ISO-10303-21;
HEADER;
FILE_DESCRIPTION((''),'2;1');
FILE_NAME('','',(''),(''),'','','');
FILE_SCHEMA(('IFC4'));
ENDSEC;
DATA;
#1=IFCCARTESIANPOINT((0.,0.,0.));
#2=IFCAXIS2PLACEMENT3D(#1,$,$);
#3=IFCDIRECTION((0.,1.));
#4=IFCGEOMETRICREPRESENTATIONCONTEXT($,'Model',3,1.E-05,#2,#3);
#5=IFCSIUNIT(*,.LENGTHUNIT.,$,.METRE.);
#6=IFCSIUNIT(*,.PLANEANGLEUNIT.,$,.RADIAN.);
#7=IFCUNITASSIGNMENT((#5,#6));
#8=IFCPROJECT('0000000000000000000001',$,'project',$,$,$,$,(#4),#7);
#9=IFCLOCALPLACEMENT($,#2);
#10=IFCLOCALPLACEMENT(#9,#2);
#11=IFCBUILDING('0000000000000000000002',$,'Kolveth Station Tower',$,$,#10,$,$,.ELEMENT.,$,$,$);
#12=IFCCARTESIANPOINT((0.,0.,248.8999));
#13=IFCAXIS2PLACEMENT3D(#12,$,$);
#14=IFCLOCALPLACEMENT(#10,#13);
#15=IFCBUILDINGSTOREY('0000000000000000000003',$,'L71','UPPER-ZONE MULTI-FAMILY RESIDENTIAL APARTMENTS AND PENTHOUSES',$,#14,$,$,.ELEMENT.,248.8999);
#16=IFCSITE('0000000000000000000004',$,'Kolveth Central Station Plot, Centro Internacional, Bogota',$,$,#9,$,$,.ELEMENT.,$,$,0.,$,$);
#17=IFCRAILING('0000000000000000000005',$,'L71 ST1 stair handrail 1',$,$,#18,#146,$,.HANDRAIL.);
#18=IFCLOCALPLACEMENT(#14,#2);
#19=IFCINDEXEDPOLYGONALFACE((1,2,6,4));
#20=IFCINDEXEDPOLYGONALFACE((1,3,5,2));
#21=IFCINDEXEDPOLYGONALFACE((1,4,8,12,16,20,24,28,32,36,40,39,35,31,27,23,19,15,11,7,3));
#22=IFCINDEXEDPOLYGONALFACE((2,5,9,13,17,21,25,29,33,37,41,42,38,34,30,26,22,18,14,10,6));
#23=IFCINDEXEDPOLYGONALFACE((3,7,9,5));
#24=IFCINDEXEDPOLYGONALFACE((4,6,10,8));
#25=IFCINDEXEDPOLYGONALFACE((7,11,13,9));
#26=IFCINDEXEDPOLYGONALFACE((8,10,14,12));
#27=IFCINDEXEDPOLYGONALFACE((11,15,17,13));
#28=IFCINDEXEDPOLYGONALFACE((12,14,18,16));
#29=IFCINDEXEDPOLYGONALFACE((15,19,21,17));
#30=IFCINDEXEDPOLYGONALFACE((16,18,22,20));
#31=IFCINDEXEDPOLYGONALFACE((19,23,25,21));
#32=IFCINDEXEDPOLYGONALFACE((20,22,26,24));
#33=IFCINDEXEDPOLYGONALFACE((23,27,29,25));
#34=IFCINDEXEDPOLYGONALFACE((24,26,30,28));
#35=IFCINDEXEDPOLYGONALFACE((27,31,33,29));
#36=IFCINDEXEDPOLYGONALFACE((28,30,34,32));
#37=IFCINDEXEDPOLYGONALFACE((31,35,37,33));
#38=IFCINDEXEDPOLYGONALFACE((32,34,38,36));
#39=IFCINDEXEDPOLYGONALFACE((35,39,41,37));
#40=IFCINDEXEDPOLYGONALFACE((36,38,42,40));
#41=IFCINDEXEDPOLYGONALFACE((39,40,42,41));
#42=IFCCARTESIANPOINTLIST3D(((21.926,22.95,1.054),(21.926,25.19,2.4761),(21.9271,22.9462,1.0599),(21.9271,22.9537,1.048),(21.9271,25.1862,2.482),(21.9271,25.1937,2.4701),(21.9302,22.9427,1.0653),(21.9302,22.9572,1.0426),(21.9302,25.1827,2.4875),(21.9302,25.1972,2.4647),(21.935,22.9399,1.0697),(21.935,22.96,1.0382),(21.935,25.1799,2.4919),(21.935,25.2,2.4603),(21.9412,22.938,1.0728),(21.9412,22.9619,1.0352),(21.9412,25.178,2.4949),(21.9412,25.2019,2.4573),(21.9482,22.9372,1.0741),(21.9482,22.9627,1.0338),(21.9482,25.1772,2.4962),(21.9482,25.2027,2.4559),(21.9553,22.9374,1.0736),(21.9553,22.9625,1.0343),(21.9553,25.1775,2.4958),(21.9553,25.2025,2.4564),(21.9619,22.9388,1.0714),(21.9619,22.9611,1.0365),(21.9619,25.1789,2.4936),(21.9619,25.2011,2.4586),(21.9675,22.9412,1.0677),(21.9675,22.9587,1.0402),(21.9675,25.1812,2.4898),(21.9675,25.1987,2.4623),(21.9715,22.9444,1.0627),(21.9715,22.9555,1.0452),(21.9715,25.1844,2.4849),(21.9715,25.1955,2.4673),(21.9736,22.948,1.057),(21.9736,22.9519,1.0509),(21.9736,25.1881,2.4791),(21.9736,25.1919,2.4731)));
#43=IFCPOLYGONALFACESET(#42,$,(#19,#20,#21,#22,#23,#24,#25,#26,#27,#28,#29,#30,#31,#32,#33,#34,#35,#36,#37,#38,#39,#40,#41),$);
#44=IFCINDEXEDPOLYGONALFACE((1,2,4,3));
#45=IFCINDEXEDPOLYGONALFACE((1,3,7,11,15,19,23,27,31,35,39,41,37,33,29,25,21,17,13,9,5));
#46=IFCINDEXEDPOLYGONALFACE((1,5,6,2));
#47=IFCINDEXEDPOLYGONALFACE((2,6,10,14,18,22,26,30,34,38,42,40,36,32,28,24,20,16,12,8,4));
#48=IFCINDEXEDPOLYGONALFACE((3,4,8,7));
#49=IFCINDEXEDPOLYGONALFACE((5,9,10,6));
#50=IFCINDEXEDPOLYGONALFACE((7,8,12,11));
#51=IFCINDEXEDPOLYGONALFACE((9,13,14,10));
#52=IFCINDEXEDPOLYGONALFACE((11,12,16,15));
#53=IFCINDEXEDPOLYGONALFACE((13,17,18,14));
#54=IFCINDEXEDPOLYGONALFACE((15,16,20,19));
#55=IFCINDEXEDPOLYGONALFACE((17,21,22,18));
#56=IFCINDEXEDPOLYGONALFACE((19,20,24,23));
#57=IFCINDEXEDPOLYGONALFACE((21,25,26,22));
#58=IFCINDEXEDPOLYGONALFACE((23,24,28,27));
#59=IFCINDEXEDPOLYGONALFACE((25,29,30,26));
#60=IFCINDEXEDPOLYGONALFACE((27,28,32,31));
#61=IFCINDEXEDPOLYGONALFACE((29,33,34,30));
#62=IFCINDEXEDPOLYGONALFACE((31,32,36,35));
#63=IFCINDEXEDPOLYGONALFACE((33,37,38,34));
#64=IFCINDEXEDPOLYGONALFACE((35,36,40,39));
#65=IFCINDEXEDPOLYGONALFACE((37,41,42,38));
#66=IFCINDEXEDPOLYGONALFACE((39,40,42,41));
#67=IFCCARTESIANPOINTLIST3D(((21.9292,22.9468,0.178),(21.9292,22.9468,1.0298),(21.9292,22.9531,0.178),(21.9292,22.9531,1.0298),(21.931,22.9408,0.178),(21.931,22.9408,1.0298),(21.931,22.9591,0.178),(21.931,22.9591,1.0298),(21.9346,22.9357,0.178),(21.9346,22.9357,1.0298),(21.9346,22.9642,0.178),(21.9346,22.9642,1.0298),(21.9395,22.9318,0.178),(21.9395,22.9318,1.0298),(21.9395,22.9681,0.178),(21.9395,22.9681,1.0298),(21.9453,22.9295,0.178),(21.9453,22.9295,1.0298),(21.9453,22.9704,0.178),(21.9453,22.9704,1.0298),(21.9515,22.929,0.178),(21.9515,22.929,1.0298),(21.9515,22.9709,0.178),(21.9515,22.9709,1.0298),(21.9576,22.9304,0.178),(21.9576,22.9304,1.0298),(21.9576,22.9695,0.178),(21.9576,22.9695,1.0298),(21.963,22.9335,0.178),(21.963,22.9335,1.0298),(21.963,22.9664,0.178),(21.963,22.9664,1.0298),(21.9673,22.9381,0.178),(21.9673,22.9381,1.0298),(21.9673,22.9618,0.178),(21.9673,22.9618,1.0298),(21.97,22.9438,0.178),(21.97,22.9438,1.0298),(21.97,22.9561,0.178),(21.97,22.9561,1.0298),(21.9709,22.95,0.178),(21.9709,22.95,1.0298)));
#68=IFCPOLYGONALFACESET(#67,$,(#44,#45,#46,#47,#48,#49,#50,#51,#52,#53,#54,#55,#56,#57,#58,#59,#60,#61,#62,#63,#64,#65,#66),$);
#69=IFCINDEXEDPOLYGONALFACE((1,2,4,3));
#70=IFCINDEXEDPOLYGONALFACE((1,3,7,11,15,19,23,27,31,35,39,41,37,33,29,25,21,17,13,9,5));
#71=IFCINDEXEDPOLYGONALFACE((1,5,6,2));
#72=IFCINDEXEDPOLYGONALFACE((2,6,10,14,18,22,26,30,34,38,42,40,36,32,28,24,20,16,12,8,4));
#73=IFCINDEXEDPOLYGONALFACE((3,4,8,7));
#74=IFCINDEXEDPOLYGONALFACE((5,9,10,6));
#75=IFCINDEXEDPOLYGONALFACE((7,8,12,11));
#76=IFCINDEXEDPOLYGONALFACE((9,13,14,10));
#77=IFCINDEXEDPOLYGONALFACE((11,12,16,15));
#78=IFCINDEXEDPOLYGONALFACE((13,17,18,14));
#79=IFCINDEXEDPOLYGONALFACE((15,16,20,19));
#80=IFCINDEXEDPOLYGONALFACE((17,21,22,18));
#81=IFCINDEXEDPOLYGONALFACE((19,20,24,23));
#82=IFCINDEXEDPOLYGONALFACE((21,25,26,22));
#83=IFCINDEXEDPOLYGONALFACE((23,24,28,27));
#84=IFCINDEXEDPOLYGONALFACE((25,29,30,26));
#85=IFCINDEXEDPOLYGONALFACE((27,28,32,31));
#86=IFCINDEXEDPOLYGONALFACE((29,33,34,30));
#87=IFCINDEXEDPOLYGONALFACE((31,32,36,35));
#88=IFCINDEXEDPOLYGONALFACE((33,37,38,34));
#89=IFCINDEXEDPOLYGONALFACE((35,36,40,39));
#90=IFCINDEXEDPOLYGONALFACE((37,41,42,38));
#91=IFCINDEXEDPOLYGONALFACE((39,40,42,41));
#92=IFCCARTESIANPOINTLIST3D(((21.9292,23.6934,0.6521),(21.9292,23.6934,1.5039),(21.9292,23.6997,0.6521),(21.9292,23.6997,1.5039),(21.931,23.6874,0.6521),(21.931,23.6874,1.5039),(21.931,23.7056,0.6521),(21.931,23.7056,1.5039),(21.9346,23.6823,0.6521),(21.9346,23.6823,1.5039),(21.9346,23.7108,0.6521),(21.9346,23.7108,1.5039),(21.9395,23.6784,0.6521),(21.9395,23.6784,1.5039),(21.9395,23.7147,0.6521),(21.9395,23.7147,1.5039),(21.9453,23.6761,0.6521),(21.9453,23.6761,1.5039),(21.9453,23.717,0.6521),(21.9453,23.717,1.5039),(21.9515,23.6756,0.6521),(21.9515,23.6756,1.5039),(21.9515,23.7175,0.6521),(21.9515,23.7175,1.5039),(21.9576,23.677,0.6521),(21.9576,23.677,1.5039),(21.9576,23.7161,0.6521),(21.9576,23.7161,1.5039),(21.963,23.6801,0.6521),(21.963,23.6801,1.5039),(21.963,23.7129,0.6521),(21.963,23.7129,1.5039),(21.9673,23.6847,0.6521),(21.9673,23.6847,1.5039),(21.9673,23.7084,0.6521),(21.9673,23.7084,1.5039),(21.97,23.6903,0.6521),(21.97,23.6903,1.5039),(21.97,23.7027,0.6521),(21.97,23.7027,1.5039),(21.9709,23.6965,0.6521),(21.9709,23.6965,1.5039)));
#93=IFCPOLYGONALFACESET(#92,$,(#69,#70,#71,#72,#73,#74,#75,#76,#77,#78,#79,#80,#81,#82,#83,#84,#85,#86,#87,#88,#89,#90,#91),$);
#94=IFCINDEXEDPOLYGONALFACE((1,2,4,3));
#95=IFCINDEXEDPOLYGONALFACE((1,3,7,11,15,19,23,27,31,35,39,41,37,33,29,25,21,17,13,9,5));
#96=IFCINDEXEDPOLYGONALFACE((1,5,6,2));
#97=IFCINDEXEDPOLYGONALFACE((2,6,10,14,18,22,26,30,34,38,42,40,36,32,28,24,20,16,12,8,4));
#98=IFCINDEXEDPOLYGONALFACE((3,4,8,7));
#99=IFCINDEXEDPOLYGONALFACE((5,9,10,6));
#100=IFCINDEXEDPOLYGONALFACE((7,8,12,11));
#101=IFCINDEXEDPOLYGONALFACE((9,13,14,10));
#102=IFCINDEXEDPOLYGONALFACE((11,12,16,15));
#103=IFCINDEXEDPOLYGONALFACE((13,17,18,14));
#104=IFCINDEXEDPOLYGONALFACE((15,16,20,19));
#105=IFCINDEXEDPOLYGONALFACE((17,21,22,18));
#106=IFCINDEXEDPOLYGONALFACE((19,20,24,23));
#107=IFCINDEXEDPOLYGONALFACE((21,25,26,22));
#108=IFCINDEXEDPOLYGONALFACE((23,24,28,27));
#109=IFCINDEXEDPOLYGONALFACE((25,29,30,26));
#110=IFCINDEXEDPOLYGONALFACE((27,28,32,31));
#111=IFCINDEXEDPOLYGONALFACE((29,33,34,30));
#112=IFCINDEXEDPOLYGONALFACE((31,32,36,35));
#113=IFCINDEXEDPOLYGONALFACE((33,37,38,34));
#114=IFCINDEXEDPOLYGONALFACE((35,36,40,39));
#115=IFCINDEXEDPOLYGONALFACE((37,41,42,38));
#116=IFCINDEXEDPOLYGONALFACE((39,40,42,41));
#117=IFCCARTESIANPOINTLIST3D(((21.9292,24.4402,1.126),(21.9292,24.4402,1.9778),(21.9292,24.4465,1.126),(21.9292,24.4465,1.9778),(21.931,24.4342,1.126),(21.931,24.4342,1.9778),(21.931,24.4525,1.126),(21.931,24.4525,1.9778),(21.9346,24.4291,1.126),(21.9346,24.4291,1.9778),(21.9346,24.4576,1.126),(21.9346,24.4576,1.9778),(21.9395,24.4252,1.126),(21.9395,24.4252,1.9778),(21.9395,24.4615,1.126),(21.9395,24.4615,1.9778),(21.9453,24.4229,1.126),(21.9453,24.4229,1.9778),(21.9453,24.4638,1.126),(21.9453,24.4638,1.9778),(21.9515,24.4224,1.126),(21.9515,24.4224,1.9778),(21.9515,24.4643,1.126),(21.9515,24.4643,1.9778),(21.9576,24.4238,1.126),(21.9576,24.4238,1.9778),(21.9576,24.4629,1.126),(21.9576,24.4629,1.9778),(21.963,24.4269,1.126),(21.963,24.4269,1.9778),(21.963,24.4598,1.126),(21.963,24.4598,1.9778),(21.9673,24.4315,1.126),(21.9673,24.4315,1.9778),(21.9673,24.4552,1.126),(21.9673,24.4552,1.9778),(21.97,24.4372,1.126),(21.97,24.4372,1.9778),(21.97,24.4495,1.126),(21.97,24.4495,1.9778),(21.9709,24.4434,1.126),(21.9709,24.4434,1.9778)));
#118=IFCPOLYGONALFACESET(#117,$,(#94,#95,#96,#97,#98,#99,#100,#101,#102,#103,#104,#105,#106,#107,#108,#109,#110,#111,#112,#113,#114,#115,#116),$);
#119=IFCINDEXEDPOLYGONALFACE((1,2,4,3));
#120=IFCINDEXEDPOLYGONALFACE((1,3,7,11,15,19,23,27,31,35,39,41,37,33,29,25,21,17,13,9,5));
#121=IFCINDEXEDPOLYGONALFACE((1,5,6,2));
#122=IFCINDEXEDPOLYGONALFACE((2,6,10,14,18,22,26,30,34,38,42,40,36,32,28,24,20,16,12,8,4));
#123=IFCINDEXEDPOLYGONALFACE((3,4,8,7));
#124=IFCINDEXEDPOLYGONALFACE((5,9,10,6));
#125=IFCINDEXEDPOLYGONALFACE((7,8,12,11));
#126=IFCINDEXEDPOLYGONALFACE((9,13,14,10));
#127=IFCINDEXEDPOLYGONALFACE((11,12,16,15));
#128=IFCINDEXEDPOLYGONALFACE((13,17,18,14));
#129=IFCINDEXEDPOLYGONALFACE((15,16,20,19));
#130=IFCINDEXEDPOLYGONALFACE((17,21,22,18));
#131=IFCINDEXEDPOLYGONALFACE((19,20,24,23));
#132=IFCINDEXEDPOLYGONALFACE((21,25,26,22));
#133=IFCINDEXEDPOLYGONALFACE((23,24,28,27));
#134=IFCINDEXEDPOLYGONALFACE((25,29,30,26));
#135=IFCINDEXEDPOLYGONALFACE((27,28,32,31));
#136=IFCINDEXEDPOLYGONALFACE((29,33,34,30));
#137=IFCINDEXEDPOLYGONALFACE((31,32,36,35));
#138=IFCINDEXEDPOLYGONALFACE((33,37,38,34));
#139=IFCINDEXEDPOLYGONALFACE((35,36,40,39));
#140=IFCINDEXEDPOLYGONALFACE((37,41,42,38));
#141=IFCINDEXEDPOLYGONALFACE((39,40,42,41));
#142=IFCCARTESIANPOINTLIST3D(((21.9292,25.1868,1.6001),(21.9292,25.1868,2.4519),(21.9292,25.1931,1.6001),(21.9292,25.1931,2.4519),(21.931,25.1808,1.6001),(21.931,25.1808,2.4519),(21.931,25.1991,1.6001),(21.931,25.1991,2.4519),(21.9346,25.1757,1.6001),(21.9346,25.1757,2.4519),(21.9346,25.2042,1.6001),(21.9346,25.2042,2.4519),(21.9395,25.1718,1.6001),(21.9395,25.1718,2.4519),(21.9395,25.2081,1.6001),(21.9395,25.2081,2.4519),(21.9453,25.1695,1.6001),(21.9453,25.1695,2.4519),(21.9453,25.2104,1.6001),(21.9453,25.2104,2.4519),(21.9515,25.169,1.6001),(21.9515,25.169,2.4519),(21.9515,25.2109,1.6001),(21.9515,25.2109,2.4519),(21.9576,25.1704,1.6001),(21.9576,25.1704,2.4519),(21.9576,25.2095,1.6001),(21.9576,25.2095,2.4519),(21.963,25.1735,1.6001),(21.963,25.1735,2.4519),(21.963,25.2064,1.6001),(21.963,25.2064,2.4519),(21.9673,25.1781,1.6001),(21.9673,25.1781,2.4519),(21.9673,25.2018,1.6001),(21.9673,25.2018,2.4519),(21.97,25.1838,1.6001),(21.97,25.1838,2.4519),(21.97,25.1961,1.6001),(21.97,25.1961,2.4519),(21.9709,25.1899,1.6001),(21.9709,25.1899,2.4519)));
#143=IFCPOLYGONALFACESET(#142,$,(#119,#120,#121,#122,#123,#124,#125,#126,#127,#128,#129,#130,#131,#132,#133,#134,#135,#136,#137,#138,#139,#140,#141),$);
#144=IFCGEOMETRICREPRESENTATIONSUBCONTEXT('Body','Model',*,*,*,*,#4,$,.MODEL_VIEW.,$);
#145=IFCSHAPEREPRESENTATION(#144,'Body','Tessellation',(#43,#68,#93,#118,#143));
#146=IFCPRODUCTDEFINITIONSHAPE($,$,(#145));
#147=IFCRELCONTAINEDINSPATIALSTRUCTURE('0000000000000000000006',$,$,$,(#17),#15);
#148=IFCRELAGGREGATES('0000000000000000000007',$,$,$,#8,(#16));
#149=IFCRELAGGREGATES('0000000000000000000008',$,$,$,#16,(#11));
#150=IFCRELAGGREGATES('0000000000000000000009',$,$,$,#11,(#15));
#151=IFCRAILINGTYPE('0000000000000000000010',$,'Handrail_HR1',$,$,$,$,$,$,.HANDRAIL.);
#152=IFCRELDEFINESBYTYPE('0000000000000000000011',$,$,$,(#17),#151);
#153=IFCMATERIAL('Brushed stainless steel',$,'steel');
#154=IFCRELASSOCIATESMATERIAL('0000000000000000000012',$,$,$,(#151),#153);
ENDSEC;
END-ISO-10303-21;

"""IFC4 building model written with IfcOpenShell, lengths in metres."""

from ifc_helpers import new_model, si_unit, direction, frame, origin, origin_2d, place, context, subcontext, project, spatial, circle, extrude, material, type_object, element, save


model = new_model("IFC4")

# Units and contexts
model_context = context("Model", 3, precision=1e-05, world=origin(), true_north=direction((0.0, 1.0)))
body_context = subcontext(model_context, "Body", "Model", "MODEL_VIEW")
ifc_project = project(units=[si_unit("LENGTHUNIT", "METRE"), si_unit("PLANEANGLEUNIT", "RADIAN")], contexts=[model_context])

# Site, building, storey
site_placement = place(None, origin())
site = spatial("IfcSite", under=ifc_project, at=site_placement, Name="Kolveth Central Station Plot, Centro Internacional, Bogota", CompositionType="ELEMENT", RefElevation=0.0)
building_placement = place(site_placement, origin())
building = spatial("IfcBuilding", under=site, at=building_placement, Name="Kolveth Station Tower", CompositionType="ELEMENT")
storey_placement = place(building_placement, frame((0.0, 0.0, 248.8999)))
storey = spatial("IfcBuildingStorey", under=building, at=storey_placement, Name="L71", Description="UPPER-ZONE MULTI-FAMILY RESIDENTIAL APARTMENTS AND PENTHOUSES", CompositionType="ELEMENT", Elevation=248.8999)

# Railing
ifc_material_1 = material(Name="Brushed stainless steel", Category="steel")
railing_type_1 = type_object("IfcRailingType", Name="Handrail_HR1", PredefinedType="HANDRAIL", material=ifc_material_1)
railing_1_placement = place(storey_placement, frame((21.95, 22.95, 0.178)))
element("IfcRailing", 1, at=railing_1_placement, inside=storey, type_object=railing_type_1, Name="L71 ST1 stair handrail 1", PredefinedType="HANDRAIL", context=body_context, shape_type="SweptSolid", body=[
    extrude(circle(Radius=0.0239, at=origin_2d()), frame((0.0, 0.0, 0.876), z_axis=(0.0, 0.844229, 0.535982), x_axis=(-1.0, 0.0, 0.0)), (0.0, 0.0, 1.0), 2.6533),
    extrude(circle(Radius=0.021, at=origin_2d()), origin(), (0.0, 0.0, 1.0), 0.8518),
    extrude(circle(Radius=0.021, at=origin_2d()), frame((0.0, 0.7466, 0.4741)), (0.0, 0.0, 1.0), 0.8518),
    extrude(circle(Radius=0.021, at=origin_2d()), frame((0.0, 1.4934, 0.948)), (0.0, 0.0, 1.0), 0.8518),
    extrude(circle(Radius=0.021, at=origin_2d()), frame((0.0, 2.24, 1.4221)), (0.0, 0.0, 1.0), 0.8518),
])

save(model, "model.ifc")
